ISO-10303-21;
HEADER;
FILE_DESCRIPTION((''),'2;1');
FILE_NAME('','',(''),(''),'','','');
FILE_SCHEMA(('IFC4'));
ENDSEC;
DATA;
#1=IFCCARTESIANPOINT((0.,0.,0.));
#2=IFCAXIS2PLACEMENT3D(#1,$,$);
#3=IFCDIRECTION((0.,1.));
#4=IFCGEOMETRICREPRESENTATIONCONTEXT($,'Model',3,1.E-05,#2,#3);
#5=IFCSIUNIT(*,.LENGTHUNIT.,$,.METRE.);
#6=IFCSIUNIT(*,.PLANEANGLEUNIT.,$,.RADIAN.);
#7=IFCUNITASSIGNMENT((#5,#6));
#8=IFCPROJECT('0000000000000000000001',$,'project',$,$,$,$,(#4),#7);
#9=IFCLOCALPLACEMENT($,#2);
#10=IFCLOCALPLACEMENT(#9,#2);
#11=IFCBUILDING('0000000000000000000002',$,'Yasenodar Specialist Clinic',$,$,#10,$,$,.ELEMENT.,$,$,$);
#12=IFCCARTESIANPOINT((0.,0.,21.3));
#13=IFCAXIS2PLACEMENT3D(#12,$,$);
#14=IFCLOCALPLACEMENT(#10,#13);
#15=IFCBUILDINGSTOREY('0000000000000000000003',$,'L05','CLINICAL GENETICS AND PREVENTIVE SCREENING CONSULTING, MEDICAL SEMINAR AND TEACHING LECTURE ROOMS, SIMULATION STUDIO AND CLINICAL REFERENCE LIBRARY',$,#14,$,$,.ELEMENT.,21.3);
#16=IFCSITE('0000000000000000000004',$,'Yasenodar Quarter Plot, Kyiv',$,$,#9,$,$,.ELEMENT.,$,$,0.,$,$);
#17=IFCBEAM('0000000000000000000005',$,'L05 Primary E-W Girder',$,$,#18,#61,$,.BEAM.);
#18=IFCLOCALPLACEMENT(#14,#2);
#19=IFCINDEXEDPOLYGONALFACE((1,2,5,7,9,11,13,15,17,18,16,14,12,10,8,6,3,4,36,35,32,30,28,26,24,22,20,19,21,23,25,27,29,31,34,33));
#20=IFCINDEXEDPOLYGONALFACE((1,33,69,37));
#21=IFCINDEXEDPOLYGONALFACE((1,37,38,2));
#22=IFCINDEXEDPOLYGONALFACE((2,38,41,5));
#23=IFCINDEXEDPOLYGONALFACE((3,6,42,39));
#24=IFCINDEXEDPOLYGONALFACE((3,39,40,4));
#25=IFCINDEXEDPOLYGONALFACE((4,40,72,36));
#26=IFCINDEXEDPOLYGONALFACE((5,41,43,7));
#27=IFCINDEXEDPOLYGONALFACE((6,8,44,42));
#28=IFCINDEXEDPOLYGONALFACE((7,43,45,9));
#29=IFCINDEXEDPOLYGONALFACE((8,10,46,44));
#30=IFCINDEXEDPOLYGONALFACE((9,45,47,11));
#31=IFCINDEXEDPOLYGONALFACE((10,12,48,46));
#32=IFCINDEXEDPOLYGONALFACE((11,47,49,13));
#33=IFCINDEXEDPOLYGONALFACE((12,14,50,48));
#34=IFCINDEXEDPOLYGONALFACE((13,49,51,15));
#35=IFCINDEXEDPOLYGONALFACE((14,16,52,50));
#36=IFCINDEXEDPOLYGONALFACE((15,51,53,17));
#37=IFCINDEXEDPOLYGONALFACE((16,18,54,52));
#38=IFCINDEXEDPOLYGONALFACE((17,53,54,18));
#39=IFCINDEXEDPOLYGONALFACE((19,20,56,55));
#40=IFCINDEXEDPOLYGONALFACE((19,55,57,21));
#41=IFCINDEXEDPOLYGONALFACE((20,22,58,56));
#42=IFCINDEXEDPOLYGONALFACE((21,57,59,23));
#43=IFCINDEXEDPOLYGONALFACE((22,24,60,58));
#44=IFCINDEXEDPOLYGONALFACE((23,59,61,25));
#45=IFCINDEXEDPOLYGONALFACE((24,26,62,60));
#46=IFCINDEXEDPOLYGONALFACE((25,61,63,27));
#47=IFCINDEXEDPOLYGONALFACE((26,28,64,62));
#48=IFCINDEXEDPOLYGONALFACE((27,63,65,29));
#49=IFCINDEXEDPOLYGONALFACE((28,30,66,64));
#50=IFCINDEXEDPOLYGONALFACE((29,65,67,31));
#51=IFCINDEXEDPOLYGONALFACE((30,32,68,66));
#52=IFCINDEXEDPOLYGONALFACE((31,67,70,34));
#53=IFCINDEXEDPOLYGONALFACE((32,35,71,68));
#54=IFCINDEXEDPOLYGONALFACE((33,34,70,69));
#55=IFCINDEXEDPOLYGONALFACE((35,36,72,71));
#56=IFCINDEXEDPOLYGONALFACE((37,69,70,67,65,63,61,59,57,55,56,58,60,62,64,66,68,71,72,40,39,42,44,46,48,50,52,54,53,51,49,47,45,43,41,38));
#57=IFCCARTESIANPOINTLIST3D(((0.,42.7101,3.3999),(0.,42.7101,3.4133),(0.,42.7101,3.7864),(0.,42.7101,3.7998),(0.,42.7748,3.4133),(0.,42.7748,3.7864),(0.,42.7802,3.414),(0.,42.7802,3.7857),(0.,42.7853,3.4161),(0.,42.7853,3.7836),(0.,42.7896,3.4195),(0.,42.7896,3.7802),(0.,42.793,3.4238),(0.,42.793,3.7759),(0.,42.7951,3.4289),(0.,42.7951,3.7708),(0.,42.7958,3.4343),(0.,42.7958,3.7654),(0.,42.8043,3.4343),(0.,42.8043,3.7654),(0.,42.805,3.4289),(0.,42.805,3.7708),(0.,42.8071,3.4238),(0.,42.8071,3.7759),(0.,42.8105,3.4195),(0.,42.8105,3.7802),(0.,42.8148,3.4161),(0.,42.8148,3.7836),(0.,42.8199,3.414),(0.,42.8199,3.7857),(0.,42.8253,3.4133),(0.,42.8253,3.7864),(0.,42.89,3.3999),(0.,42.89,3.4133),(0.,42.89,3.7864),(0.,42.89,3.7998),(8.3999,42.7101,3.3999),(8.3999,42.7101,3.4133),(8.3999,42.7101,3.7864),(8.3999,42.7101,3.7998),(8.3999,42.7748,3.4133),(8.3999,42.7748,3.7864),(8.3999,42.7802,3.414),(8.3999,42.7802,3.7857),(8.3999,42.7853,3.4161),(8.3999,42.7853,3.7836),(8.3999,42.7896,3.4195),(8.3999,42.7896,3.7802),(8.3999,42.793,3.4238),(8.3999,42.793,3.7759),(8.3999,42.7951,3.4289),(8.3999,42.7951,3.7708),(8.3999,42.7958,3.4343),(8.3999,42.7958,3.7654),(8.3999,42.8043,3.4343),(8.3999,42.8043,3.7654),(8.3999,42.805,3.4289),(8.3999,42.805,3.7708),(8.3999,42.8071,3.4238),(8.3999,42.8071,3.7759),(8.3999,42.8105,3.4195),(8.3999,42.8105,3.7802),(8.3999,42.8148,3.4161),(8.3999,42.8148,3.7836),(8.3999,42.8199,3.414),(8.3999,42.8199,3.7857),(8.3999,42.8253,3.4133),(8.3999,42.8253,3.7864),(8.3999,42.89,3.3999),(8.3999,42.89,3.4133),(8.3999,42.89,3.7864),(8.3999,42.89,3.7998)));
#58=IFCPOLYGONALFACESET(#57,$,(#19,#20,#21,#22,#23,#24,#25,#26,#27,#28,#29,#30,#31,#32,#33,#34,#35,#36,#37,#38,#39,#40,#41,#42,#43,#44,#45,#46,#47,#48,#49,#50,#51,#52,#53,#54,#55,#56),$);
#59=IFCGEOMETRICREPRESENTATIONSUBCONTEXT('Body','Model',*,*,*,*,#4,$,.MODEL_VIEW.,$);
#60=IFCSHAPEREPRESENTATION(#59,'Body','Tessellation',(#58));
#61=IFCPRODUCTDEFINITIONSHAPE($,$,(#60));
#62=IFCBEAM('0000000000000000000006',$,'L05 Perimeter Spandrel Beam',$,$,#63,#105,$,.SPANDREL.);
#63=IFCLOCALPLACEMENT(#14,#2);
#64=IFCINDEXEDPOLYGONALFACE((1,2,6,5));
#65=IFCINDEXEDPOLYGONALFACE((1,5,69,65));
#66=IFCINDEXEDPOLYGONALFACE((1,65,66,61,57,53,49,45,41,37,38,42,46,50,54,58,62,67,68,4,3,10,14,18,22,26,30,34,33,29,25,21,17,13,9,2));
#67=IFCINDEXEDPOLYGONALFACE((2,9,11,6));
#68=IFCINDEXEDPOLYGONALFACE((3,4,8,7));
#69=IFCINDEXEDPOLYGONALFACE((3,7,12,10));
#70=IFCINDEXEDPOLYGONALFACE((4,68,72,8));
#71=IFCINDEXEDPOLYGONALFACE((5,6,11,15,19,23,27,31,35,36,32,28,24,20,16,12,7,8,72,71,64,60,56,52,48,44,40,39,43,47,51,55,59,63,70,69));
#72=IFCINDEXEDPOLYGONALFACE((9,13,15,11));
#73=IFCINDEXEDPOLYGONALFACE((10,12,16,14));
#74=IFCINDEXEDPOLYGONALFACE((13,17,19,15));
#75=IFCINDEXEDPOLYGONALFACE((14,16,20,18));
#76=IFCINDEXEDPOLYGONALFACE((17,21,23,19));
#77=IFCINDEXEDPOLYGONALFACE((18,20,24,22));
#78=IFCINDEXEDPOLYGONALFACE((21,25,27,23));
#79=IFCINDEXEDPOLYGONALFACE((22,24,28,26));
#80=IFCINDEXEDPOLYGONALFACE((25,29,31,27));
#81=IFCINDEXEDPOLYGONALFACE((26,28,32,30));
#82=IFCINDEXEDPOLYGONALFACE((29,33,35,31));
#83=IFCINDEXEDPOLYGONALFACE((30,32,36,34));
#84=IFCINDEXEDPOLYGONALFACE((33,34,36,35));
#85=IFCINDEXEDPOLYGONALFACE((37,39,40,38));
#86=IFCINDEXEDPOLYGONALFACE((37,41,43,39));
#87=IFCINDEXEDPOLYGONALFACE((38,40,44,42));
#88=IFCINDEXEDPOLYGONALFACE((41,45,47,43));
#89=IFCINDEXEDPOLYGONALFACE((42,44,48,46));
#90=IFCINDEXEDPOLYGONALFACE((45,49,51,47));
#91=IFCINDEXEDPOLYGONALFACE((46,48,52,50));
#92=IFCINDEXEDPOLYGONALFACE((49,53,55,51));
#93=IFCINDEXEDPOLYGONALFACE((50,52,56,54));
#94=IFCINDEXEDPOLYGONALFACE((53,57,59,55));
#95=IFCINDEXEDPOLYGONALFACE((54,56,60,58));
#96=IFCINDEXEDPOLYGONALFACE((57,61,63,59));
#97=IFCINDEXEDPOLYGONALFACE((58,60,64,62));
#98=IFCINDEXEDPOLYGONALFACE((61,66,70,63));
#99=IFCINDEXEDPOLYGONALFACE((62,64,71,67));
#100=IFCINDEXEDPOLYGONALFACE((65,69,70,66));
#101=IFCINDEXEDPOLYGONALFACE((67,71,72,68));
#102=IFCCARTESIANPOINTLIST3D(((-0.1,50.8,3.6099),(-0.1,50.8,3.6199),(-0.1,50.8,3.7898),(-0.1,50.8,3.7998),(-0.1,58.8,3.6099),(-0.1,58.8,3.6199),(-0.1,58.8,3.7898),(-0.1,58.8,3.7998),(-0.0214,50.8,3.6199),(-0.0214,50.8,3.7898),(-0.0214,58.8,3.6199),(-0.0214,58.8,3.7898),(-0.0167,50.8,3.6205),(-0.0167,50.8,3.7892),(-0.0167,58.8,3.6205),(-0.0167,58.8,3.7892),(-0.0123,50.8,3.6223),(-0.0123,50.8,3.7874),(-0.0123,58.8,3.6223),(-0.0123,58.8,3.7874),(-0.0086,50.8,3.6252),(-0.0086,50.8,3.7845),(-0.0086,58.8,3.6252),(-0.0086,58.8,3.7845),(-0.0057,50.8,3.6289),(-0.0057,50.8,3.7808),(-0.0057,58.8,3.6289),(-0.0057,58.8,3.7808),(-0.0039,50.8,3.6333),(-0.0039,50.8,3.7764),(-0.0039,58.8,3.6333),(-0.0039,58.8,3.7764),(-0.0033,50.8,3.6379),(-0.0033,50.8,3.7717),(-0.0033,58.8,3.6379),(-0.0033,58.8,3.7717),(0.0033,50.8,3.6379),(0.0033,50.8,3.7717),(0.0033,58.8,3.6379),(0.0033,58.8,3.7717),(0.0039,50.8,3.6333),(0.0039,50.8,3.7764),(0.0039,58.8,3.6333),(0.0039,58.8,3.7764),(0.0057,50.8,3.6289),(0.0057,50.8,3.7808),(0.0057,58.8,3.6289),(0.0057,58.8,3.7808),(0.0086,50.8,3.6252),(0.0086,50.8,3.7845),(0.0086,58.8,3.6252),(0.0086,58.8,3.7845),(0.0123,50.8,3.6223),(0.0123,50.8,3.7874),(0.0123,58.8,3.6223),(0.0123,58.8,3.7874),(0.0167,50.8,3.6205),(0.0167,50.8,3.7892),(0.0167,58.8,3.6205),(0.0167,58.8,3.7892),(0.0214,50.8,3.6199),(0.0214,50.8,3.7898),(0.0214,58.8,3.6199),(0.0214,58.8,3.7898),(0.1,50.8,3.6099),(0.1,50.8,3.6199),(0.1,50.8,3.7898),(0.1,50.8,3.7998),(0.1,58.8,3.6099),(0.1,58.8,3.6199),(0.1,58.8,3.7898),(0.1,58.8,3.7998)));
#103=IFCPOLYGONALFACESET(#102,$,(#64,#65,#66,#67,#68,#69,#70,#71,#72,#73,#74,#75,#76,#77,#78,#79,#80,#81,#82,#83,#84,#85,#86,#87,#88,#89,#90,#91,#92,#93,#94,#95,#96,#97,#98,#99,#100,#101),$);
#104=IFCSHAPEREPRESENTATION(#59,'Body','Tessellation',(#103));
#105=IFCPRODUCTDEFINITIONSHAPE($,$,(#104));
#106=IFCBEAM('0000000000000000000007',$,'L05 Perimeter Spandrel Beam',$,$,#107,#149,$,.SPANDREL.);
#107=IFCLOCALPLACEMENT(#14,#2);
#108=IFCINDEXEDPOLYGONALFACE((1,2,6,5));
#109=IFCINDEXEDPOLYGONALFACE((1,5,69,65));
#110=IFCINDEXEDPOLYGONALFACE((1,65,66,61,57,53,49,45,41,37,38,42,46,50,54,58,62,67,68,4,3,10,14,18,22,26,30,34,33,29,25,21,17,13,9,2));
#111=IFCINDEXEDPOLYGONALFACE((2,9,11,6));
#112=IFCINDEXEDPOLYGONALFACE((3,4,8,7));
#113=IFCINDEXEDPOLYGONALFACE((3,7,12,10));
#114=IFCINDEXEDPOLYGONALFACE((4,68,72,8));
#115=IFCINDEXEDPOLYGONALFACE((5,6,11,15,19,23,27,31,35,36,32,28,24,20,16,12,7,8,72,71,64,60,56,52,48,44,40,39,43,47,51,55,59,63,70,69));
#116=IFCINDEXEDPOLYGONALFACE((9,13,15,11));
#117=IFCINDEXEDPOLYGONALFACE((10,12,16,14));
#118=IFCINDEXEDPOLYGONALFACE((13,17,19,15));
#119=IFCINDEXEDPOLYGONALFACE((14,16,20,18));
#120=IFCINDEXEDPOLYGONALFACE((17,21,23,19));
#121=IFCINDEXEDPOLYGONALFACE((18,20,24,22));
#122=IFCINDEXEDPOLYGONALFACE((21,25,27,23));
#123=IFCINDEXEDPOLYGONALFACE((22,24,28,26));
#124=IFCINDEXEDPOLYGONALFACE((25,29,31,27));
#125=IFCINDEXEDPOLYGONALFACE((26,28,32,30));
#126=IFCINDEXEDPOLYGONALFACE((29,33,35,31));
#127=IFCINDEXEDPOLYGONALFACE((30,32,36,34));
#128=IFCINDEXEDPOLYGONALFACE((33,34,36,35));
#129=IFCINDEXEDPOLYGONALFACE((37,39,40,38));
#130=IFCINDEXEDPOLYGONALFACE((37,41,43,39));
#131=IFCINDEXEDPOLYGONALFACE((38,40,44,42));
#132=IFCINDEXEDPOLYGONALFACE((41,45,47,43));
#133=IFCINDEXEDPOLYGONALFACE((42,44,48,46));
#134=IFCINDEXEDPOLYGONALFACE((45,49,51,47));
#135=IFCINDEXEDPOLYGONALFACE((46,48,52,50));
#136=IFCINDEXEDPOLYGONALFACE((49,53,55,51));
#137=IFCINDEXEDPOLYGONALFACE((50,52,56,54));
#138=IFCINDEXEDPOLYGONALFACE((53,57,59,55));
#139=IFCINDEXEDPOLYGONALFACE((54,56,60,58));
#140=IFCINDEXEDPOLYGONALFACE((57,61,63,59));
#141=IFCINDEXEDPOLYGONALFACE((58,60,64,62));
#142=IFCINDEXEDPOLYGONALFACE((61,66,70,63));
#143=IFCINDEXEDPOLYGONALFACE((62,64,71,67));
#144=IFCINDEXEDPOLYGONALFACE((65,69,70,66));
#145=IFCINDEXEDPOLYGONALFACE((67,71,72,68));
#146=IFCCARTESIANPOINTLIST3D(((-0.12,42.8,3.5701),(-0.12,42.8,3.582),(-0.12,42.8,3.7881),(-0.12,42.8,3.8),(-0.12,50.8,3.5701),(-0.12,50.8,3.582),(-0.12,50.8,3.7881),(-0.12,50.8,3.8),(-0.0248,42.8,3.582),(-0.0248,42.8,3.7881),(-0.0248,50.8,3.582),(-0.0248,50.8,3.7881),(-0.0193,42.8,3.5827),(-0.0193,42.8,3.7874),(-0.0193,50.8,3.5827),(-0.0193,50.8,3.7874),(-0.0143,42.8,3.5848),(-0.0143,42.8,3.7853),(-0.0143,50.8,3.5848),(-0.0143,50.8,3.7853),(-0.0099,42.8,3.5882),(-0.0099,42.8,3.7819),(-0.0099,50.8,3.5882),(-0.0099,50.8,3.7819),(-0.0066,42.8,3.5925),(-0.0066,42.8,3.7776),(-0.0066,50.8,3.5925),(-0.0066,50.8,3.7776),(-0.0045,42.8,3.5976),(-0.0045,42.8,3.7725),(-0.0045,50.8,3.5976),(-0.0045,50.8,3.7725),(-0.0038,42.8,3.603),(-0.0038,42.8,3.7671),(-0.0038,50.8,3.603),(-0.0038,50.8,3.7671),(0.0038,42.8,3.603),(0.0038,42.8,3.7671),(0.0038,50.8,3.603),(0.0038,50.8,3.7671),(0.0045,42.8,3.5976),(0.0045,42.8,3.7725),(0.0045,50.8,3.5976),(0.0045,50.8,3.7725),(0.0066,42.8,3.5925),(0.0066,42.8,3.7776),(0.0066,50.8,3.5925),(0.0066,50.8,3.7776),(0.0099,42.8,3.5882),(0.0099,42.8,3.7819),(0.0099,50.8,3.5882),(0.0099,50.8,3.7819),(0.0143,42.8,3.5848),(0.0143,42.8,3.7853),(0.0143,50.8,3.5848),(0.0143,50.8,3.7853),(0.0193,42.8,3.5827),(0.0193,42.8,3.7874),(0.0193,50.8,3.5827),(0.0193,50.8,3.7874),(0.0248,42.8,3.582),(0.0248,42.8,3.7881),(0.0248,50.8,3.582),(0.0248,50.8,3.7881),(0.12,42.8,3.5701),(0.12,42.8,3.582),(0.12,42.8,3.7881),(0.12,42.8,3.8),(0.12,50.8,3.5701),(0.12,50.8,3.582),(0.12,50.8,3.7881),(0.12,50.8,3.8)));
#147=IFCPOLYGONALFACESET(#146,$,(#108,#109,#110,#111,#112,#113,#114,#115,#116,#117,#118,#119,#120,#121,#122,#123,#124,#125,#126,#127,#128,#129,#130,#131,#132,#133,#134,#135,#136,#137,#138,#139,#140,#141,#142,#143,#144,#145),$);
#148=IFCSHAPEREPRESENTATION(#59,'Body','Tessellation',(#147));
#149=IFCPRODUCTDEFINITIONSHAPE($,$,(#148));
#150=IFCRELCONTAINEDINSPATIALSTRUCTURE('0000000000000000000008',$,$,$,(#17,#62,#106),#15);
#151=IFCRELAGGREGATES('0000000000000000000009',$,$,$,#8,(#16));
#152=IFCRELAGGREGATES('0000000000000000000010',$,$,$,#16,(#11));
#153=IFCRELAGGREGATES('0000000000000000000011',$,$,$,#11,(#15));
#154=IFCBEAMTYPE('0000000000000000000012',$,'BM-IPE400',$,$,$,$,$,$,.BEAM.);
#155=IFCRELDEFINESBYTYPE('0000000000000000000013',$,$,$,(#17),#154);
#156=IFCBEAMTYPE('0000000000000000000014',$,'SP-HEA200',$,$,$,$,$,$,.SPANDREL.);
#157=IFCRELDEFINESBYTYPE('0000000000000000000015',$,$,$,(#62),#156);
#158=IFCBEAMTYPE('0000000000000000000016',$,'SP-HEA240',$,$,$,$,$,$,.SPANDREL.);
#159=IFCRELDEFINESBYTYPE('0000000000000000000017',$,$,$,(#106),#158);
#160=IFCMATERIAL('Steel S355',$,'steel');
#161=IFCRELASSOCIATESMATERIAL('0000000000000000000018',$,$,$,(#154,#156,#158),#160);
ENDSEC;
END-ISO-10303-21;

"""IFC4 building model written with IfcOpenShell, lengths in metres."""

from ifc_helpers import new_model, si_unit, direction, frame, origin, origin_2d, place, context, subcontext, project, spatial, i_section, extrude, material, material_profile, profile_set, type_object, element, save


model = new_model("IFC4")

# Units and contexts
model_context = context("Model", 3, precision=1e-05, world=origin(), true_north=direction((0.0, 1.0)))
body_context = subcontext(model_context, "Body", "Model", "MODEL_VIEW")
ifc_project = project(units=[si_unit("LENGTHUNIT", "METRE"), si_unit("PLANEANGLEUNIT", "RADIAN")], contexts=[model_context])

# Site, building, storey
site_placement = place(None, origin())
site = spatial("IfcSite", under=ifc_project, at=site_placement, Name="Yasenodar Quarter Plot, Kyiv", CompositionType="ELEMENT", RefElevation=0.0)
building_placement = place(site_placement, origin())
building = spatial("IfcBuilding", under=site, at=building_placement, Name="Yasenodar Specialist Clinic", CompositionType="ELEMENT")
storey_placement = place(building_placement, frame((0.0, 0.0, 21.3)))
storey = spatial("IfcBuildingStorey", under=building, at=storey_placement, Name="L05", Description="CLINICAL GENETICS AND PREVENTIVE SCREENING CONSULTING, MEDICAL SEMINAR AND TEACHING LECTURE ROOMS, SIMULATION STUDIO AND CLINICAL REFERENCE LIBRARY", CompositionType="ELEMENT", Elevation=21.3)

# Shared definitions
ifc_material_1 = material(Name="Steel S355", Category="steel")

# Beams
ifc_material_profile_1 = material_profile(ifc_material_1, i_section(OverallWidth=0.1799, OverallDepth=0.3999, WebThickness=0.0085, FlangeThickness=0.0134, FilletRadius=0.021, at=origin_2d()), Name="IPE 400")
ifc_profile_set_1 = profile_set([ifc_material_profile_1], Name="Steel S355")
beam_type_1 = type_object("IfcBeamType", Name="BM-IPE400", PredefinedType="BEAM", material=ifc_profile_set_1)
beam_1_placement = place(storey_placement, frame((0.0, 42.8, 3.5999), z_axis=(1.0, 0.0, 0.0), x_axis=(0.0, 1.0, 0.0)))
element("IfcBeam", 1, at=beam_1_placement, inside=storey, type_object=beam_type_1, Name="L05 Primary E-W Girder", PredefinedType="BEAM", context=body_context, shape_type="SweptSolid", body=[
    extrude(i_section(OverallWidth=0.1799, OverallDepth=0.3999, WebThickness=0.0085, FlangeThickness=0.0134, FilletRadius=0.021, at=origin_2d()), origin(), (0.0, 0.0, 1.0), 8.3999),
])
ifc_material_profile_2 = material_profile(ifc_material_1, i_section(OverallWidth=0.2, OverallDepth=0.1899, WebThickness=0.0066, FlangeThickness=0.01, FilletRadius=0.0181, at=origin_2d()), Name="HEA 200")
ifc_profile_set_2 = profile_set([ifc_material_profile_2], Name="Steel S355")
beam_type_2 = type_object("IfcBeamType", Name="SP-HEA200", PredefinedType="SPANDREL", material=ifc_profile_set_2)
beam_2_placement = place(storey_placement, frame((0.0, 50.8, 3.7048), z_axis=(0.0, 1.0, 0.0), x_axis=(-1.0, 0.0, 0.0)))
element("IfcBeam", 2, at=beam_2_placement, inside=storey, type_object=beam_type_2, Name="L05 Perimeter Spandrel Beam", PredefinedType="SPANDREL", context=body_context, shape_type="SweptSolid", body=[
    extrude(i_section(OverallWidth=0.2, OverallDepth=0.1899, WebThickness=0.0066, FlangeThickness=0.01, FilletRadius=0.0181, at=origin_2d()), origin(), (0.0, 0.0, 1.0), 8.0),
])
ifc_material_profile_3 = material_profile(ifc_material_1, i_section(OverallWidth=0.24, OverallDepth=0.23, WebThickness=0.0076, FlangeThickness=0.012, FilletRadius=0.021, at=origin_2d()), Name="HEA 240")
ifc_profile_set_3 = profile_set([ifc_material_profile_3], Name="Steel S355")
beam_type_3 = type_object("IfcBeamType", Name="SP-HEA240", PredefinedType="SPANDREL", material=ifc_profile_set_3)
beam_3_placement = place(storey_placement, frame((0.0, 42.8, 3.6851), z_axis=(0.0, 1.0, 0.0), x_axis=(-1.0, 0.0, 0.0)))
element("IfcBeam", 3, at=beam_3_placement, inside=storey, type_object=beam_type_3, Name="L05 Perimeter Spandrel Beam", PredefinedType="SPANDREL", context=body_context, shape_type="SweptSolid", body=[
    extrude(i_section(OverallWidth=0.24, OverallDepth=0.23, WebThickness=0.0076, FlangeThickness=0.012, FilletRadius=0.021, at=origin_2d()), origin(), (0.0, 0.0, 1.0), 8.0),
])

save(model, "model.ifc")
